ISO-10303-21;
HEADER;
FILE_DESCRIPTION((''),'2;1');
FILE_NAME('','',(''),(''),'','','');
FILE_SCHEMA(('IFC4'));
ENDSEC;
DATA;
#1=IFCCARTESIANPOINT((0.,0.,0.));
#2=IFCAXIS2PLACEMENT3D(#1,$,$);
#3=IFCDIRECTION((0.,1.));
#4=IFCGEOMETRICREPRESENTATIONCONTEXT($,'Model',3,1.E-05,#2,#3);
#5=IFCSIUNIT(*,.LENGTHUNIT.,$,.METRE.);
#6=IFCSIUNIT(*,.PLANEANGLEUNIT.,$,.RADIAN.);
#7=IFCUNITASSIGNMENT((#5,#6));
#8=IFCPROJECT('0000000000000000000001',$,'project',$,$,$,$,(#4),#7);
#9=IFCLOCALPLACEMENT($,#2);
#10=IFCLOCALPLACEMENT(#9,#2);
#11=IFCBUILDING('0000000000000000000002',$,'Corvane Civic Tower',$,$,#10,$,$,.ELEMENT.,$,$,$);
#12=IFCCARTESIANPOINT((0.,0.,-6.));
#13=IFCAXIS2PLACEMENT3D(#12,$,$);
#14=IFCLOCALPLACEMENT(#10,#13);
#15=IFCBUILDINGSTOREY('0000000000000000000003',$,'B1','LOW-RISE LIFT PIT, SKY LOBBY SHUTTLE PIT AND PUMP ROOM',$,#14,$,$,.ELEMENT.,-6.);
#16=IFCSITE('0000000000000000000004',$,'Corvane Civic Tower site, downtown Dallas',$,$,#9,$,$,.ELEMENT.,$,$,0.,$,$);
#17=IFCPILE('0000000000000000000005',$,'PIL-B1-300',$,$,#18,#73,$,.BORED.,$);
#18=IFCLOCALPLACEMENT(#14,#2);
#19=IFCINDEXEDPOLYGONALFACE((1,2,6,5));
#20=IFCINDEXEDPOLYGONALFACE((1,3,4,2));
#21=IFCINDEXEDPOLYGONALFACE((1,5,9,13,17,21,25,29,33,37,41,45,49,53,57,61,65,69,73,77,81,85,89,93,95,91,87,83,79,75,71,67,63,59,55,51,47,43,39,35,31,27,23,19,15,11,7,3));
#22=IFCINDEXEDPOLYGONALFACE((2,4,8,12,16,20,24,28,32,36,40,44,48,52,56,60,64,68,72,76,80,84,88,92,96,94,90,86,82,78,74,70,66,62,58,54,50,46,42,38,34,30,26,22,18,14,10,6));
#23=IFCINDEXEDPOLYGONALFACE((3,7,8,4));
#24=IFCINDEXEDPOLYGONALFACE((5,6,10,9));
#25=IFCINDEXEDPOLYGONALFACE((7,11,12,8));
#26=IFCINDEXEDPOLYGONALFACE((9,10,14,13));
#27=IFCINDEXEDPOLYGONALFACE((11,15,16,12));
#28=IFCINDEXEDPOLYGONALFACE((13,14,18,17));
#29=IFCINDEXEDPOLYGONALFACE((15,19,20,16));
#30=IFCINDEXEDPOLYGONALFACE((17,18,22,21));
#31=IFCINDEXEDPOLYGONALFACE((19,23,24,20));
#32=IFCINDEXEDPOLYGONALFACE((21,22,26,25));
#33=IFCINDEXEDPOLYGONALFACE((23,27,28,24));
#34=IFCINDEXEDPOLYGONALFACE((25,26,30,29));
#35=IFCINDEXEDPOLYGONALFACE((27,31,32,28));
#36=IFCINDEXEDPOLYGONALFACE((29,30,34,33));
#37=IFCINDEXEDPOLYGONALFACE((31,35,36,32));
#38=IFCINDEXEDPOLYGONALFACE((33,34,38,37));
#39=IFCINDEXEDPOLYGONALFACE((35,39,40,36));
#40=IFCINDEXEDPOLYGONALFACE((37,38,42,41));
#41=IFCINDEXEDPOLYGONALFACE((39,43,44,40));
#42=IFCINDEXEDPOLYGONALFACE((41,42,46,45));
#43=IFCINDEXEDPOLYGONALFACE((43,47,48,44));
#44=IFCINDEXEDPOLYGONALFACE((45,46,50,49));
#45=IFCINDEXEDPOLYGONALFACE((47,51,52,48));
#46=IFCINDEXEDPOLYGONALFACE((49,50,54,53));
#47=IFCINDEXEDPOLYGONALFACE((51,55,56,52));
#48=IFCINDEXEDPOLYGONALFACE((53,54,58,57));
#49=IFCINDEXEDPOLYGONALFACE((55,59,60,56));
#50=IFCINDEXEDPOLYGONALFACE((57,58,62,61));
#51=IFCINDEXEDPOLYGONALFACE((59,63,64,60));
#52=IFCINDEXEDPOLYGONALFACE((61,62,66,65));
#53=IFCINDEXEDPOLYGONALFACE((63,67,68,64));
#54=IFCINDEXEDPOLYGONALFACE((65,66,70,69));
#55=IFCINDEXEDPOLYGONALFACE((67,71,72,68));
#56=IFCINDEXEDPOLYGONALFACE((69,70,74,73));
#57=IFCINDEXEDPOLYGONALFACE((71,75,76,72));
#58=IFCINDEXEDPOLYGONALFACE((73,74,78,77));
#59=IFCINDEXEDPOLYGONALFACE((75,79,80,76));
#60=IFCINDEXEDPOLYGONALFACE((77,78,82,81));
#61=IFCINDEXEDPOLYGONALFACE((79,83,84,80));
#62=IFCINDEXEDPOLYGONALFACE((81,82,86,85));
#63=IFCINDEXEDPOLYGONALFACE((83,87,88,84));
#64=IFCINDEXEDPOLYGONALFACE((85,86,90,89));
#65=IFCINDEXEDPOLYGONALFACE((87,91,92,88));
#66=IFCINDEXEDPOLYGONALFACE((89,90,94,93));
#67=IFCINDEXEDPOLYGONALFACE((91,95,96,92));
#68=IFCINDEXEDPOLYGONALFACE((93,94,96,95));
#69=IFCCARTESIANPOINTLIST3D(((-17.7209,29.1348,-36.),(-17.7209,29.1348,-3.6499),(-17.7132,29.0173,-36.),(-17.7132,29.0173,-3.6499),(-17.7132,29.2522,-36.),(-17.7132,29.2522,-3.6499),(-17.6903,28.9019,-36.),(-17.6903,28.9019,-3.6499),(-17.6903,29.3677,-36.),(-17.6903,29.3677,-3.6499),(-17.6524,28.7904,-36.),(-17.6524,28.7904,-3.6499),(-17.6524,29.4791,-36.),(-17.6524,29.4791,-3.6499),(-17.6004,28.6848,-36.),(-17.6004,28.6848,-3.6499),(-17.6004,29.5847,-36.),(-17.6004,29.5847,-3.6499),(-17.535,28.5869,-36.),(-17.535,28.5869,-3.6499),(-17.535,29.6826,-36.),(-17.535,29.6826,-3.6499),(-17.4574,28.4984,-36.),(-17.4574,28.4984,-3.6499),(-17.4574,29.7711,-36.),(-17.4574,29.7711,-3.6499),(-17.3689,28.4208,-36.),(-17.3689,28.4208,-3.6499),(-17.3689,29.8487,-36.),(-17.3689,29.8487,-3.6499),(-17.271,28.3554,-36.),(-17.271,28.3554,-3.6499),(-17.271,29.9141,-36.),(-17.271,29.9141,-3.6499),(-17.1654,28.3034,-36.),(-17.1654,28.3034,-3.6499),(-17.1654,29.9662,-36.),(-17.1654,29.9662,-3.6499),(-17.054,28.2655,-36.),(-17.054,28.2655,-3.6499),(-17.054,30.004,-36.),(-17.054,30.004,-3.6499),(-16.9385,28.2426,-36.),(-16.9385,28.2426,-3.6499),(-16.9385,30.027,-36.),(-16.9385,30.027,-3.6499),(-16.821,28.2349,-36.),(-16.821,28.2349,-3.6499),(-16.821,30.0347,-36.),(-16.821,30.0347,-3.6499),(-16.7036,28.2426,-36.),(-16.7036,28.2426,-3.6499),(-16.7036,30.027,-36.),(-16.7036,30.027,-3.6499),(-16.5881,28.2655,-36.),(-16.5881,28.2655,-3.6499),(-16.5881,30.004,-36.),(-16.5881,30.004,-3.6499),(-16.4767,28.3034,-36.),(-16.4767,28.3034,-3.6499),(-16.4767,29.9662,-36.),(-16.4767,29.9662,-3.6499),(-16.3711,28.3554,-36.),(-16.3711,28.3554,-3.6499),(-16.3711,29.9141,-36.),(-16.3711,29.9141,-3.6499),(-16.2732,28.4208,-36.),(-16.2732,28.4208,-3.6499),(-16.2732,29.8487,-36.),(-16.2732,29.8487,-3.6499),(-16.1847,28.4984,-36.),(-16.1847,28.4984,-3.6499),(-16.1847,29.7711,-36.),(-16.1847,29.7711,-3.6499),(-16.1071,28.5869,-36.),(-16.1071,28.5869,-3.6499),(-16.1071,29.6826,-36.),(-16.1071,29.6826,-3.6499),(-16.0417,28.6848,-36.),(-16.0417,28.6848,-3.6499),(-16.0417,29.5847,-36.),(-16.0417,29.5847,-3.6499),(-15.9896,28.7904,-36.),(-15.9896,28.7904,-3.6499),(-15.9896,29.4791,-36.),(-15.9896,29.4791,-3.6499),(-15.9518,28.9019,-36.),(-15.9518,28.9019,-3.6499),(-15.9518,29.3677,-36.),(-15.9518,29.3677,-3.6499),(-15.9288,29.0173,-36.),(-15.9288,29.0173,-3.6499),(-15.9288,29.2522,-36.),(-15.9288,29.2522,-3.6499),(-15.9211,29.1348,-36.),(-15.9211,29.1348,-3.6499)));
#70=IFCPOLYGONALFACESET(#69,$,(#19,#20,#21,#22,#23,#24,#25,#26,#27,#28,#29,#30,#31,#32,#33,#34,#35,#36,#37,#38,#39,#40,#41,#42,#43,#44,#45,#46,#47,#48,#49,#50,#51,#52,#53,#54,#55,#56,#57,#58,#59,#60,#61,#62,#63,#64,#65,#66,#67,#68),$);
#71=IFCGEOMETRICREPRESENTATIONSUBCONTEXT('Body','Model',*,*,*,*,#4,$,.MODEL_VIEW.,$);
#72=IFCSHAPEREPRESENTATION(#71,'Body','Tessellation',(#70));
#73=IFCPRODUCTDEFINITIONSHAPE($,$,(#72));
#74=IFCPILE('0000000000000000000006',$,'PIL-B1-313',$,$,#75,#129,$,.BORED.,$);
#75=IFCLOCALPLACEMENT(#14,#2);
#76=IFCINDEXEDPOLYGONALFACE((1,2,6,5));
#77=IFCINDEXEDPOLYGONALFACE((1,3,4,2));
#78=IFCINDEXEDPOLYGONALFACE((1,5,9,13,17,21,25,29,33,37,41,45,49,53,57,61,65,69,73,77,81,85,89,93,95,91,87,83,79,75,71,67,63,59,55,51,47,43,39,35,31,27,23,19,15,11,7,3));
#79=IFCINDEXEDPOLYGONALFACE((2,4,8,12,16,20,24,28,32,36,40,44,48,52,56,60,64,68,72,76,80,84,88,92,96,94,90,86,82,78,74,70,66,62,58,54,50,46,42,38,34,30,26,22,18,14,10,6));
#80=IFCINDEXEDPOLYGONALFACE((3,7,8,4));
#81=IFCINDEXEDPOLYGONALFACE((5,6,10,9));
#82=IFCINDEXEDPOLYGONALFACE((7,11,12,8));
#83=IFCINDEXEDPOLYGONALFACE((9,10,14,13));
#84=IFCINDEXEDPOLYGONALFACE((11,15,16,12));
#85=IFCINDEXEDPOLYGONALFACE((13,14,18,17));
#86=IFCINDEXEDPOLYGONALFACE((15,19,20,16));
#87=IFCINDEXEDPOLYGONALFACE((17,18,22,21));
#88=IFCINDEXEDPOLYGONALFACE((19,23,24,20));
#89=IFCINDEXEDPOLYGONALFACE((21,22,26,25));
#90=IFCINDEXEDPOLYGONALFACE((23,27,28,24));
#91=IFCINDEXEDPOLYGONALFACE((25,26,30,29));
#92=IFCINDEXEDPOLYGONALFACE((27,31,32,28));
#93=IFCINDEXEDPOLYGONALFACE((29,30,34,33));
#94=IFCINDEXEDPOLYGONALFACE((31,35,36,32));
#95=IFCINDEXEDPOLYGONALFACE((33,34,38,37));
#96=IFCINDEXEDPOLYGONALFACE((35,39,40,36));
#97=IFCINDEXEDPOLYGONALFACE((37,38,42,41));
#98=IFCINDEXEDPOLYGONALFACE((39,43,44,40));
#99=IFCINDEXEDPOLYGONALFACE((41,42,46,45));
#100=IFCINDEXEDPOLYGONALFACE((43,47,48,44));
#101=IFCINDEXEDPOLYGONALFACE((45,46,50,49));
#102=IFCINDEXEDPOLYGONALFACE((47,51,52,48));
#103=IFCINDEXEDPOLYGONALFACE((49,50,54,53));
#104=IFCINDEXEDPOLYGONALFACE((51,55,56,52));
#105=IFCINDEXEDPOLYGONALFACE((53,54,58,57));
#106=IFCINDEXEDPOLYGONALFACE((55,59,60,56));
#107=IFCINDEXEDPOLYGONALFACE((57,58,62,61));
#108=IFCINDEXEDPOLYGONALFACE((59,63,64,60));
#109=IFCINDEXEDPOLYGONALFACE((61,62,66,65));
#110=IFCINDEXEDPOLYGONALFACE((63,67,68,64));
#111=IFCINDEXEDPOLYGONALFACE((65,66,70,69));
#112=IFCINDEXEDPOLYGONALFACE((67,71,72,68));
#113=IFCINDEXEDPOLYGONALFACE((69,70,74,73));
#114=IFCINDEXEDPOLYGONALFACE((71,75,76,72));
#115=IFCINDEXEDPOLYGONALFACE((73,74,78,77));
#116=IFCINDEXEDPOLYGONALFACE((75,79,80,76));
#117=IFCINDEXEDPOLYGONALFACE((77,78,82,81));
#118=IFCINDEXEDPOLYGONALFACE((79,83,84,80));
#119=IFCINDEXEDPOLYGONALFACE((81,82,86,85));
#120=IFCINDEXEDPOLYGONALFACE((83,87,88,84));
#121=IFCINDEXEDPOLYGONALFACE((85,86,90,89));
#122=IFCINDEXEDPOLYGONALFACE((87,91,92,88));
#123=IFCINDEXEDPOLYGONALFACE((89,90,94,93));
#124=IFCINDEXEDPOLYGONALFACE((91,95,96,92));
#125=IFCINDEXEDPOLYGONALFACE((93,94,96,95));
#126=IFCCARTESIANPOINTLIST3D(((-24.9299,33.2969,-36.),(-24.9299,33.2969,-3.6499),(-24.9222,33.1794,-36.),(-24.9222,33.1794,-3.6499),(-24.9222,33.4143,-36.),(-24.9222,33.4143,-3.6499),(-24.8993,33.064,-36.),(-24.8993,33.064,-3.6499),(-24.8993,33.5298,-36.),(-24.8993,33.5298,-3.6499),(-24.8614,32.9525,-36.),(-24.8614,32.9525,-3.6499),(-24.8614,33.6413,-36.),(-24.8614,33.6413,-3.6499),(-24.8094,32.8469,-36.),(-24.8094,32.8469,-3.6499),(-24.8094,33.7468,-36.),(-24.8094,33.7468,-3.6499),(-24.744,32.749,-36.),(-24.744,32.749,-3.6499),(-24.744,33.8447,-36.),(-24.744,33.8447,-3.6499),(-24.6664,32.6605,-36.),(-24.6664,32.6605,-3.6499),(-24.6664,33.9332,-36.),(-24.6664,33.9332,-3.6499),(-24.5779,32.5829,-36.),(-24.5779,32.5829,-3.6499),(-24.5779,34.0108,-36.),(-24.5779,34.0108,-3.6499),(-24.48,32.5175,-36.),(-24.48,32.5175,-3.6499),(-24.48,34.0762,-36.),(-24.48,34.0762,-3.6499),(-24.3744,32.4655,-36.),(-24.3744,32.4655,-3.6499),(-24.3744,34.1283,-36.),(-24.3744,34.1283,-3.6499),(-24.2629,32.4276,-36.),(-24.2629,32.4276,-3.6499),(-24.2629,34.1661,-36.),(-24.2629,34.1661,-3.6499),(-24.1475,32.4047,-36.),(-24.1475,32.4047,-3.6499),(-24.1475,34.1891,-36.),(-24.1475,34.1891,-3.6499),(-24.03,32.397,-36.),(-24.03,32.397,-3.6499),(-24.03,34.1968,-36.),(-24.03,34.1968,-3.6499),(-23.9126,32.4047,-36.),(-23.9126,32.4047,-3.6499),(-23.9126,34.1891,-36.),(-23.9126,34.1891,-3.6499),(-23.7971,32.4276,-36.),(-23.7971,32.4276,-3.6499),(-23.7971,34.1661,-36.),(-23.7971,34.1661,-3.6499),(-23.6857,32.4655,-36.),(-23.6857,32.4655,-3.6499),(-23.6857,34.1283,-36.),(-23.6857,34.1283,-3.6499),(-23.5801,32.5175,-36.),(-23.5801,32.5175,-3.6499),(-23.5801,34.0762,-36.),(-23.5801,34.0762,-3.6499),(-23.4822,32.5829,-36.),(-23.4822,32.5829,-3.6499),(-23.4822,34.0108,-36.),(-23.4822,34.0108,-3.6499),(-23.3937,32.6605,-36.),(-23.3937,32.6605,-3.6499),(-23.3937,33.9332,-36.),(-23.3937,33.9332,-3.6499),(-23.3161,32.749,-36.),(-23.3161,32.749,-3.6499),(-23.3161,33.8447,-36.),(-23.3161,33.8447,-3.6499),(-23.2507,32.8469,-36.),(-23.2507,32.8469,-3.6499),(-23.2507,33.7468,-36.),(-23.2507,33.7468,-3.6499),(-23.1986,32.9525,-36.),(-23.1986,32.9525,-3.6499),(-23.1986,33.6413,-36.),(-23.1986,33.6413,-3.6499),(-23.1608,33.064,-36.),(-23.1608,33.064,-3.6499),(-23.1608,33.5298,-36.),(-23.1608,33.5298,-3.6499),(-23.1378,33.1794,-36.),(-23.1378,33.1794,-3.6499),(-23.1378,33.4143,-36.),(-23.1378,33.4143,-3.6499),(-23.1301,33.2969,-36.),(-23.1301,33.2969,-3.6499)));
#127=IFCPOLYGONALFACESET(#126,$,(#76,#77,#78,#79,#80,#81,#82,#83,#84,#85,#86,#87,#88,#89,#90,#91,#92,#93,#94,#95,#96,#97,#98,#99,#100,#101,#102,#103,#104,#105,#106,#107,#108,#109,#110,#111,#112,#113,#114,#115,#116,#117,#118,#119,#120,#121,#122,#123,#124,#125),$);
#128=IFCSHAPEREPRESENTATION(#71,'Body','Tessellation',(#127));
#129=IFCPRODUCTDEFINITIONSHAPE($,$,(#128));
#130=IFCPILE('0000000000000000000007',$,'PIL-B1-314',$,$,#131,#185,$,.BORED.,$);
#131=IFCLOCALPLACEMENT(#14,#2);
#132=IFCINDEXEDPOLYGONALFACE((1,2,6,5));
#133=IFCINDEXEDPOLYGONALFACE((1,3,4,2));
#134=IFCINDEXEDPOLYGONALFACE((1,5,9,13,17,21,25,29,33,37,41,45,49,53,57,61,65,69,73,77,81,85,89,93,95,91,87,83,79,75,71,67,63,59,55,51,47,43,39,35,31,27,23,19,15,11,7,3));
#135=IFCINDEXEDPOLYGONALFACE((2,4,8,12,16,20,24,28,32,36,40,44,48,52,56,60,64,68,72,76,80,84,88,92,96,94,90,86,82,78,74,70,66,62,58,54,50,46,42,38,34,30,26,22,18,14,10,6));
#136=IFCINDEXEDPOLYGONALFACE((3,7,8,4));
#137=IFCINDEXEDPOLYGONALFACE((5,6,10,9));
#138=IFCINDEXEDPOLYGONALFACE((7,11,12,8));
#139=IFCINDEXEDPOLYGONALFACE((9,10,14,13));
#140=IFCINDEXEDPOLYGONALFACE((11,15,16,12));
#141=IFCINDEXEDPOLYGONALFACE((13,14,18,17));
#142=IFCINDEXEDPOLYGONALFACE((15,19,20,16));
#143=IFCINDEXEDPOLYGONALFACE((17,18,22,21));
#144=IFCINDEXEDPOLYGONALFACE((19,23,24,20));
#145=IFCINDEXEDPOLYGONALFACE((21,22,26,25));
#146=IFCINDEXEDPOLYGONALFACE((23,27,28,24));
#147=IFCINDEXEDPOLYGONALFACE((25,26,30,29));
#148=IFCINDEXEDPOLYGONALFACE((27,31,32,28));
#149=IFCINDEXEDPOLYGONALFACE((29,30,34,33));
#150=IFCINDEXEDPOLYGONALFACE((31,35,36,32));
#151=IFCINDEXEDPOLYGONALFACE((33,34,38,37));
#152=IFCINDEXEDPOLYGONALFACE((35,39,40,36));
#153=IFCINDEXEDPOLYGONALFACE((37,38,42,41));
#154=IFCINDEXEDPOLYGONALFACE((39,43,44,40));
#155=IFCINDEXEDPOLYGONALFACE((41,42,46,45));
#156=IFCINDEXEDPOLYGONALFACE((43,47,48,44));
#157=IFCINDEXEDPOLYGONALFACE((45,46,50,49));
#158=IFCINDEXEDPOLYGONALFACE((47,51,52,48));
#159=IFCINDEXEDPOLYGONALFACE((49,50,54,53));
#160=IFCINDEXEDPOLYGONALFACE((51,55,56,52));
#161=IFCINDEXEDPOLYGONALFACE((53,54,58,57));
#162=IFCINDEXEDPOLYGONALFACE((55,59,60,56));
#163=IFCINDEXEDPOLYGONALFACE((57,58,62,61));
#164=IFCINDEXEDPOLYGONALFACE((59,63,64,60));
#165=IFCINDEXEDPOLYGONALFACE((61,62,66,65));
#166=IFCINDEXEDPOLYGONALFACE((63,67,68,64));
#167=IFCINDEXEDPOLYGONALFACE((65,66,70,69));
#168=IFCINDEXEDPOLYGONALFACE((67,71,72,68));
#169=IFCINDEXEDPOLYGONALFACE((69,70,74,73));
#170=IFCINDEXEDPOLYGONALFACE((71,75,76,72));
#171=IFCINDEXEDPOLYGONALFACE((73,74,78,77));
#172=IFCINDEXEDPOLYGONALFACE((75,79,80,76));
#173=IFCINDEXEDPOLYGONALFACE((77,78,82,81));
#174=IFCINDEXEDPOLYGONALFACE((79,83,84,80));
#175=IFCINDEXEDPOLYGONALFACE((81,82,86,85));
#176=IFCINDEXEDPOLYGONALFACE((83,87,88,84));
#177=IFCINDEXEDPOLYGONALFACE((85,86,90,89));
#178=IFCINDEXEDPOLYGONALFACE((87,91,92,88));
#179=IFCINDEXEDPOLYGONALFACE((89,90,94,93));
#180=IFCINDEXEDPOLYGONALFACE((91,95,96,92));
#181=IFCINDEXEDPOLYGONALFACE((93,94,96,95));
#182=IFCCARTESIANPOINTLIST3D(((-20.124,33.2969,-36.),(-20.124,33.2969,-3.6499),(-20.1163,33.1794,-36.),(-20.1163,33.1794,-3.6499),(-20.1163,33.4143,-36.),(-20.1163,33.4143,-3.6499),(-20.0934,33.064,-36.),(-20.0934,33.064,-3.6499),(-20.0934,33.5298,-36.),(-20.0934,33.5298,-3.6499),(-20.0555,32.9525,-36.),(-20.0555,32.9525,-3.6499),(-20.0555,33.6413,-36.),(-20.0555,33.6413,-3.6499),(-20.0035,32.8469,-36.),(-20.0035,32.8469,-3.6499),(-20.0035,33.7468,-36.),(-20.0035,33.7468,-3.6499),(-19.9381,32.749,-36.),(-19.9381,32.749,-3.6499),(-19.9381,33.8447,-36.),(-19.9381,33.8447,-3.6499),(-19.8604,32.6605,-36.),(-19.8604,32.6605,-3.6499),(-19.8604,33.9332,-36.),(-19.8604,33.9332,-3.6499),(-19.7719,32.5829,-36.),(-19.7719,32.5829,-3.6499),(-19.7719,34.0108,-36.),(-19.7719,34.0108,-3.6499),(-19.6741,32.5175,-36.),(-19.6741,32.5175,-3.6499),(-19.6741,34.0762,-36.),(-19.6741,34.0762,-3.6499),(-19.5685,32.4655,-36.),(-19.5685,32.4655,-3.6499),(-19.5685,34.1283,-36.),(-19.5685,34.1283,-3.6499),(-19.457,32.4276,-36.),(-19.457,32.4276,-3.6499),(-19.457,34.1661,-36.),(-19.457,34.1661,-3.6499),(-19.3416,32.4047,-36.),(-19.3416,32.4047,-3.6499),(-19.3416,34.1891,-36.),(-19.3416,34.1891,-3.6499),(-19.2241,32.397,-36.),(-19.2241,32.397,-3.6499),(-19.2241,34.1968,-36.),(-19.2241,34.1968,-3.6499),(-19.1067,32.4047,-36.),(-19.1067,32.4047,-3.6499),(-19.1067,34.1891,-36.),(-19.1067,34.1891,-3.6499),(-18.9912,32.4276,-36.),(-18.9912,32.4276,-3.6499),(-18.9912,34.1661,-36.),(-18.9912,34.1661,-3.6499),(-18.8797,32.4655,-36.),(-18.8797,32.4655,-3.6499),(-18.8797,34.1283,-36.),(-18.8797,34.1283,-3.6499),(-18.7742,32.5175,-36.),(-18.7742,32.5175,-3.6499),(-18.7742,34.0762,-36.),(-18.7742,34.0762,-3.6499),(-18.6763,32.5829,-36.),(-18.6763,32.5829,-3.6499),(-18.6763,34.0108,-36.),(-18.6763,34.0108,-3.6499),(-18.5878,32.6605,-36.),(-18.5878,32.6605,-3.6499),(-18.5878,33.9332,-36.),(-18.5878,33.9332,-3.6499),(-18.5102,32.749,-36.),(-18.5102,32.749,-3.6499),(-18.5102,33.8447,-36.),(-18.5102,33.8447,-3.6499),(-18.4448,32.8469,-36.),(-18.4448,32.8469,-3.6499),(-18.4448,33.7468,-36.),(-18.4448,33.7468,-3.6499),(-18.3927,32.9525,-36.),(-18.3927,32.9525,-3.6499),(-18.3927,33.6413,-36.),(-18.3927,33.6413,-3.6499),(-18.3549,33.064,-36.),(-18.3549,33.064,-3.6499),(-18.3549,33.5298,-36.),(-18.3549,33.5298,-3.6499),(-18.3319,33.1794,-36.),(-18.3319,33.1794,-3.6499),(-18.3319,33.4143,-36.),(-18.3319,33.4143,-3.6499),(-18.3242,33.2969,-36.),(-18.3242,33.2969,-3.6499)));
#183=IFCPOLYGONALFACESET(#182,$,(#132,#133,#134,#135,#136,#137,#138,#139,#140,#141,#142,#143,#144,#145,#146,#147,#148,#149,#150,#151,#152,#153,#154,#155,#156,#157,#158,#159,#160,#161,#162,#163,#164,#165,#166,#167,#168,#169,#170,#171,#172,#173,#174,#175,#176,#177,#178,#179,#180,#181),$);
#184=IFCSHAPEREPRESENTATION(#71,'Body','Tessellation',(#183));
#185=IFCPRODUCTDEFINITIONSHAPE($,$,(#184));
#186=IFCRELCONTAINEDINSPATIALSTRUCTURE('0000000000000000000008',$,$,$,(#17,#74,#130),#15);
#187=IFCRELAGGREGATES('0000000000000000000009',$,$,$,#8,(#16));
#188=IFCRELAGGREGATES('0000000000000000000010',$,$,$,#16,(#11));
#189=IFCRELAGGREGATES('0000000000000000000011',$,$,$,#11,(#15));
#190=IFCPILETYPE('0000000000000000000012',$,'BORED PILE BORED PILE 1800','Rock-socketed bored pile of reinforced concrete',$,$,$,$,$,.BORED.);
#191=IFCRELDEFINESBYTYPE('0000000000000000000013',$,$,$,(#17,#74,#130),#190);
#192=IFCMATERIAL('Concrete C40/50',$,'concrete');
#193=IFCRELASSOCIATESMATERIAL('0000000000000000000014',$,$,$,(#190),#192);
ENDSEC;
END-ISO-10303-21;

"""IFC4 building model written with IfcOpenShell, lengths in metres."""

from ifc_helpers import new_model, si_unit, direction, frame, origin, origin_2d, place, context, subcontext, project, spatial, circle, extrude, material, material_profile, profile_set, type_object, element, save


model = new_model("IFC4")

# Units and contexts
model_context = context("Model", 3, precision=1e-05, world=origin(), true_north=direction((0.0, 1.0)))
body_context = subcontext(model_context, "Body", "Model", "MODEL_VIEW")
ifc_project = project(units=[si_unit("LENGTHUNIT", "METRE"), si_unit("PLANEANGLEUNIT", "RADIAN")], contexts=[model_context])

# Site, building, storey
site_placement = place(None, origin())
site = spatial("IfcSite", under=ifc_project, at=site_placement, Name="Corvane Civic Tower site, downtown Dallas", CompositionType="ELEMENT", RefElevation=0.0)
building_placement = place(site_placement, origin())
building = spatial("IfcBuilding", under=site, at=building_placement, Name="Corvane Civic Tower", CompositionType="ELEMENT")
storey_placement = place(building_placement, frame((0.0, 0.0, -6.0)))
storey = spatial("IfcBuildingStorey", under=building, at=storey_placement, Name="B1", Description="LOW-RISE LIFT PIT, SKY LOBBY SHUTTLE PIT AND PUMP ROOM", CompositionType="ELEMENT", Elevation=-6.0)

# Piles
ifc_material_1 = material(Name="Concrete C40/50", Category="concrete")
ifc_material_profile_1 = material_profile(ifc_material_1, circle(Radius=0.8999, at=origin_2d()), Name="BORED PILE 1800")
ifc_profile_set_1 = profile_set([ifc_material_profile_1], Name="Concrete C40/50")
pile_type_1 = type_object("IfcPileType", Name="BORED PILE BORED PILE 1800", Description="Rock-socketed bored pile of reinforced concrete", PredefinedType="BORED", material=ifc_profile_set_1)
for number, where, z_axis, x_axis, name in (
    (1, (-16.821, 29.1348, -3.6499), (0.0, 0.0, -1.0), (1.0, 0.0, 0.0), "PIL-B1-300"),
    (2, (-24.03, 33.2969, -3.6499), (0.0, 0.0, -1.0), (1.0, 0.0, 0.0), "PIL-B1-313"),
    (3, (-19.2241, 33.2969, -3.6499), (0.0, 0.0, -1.0), (1.0, 0.0, 0.0), "PIL-B1-314"),
):
    element("IfcPile", number, at=place(storey_placement, frame(where, z_axis=z_axis, x_axis=x_axis)), inside=storey, type_object=pile_type_1, Name=name, PredefinedType="BORED", context=body_context, shape_type="SweptSolid", body=[
        extrude(circle(Radius=0.8999, at=origin_2d()), origin(), (0.0, 0.0, 1.0), 32.3501),
    ])

save(model, "model.ifc")
